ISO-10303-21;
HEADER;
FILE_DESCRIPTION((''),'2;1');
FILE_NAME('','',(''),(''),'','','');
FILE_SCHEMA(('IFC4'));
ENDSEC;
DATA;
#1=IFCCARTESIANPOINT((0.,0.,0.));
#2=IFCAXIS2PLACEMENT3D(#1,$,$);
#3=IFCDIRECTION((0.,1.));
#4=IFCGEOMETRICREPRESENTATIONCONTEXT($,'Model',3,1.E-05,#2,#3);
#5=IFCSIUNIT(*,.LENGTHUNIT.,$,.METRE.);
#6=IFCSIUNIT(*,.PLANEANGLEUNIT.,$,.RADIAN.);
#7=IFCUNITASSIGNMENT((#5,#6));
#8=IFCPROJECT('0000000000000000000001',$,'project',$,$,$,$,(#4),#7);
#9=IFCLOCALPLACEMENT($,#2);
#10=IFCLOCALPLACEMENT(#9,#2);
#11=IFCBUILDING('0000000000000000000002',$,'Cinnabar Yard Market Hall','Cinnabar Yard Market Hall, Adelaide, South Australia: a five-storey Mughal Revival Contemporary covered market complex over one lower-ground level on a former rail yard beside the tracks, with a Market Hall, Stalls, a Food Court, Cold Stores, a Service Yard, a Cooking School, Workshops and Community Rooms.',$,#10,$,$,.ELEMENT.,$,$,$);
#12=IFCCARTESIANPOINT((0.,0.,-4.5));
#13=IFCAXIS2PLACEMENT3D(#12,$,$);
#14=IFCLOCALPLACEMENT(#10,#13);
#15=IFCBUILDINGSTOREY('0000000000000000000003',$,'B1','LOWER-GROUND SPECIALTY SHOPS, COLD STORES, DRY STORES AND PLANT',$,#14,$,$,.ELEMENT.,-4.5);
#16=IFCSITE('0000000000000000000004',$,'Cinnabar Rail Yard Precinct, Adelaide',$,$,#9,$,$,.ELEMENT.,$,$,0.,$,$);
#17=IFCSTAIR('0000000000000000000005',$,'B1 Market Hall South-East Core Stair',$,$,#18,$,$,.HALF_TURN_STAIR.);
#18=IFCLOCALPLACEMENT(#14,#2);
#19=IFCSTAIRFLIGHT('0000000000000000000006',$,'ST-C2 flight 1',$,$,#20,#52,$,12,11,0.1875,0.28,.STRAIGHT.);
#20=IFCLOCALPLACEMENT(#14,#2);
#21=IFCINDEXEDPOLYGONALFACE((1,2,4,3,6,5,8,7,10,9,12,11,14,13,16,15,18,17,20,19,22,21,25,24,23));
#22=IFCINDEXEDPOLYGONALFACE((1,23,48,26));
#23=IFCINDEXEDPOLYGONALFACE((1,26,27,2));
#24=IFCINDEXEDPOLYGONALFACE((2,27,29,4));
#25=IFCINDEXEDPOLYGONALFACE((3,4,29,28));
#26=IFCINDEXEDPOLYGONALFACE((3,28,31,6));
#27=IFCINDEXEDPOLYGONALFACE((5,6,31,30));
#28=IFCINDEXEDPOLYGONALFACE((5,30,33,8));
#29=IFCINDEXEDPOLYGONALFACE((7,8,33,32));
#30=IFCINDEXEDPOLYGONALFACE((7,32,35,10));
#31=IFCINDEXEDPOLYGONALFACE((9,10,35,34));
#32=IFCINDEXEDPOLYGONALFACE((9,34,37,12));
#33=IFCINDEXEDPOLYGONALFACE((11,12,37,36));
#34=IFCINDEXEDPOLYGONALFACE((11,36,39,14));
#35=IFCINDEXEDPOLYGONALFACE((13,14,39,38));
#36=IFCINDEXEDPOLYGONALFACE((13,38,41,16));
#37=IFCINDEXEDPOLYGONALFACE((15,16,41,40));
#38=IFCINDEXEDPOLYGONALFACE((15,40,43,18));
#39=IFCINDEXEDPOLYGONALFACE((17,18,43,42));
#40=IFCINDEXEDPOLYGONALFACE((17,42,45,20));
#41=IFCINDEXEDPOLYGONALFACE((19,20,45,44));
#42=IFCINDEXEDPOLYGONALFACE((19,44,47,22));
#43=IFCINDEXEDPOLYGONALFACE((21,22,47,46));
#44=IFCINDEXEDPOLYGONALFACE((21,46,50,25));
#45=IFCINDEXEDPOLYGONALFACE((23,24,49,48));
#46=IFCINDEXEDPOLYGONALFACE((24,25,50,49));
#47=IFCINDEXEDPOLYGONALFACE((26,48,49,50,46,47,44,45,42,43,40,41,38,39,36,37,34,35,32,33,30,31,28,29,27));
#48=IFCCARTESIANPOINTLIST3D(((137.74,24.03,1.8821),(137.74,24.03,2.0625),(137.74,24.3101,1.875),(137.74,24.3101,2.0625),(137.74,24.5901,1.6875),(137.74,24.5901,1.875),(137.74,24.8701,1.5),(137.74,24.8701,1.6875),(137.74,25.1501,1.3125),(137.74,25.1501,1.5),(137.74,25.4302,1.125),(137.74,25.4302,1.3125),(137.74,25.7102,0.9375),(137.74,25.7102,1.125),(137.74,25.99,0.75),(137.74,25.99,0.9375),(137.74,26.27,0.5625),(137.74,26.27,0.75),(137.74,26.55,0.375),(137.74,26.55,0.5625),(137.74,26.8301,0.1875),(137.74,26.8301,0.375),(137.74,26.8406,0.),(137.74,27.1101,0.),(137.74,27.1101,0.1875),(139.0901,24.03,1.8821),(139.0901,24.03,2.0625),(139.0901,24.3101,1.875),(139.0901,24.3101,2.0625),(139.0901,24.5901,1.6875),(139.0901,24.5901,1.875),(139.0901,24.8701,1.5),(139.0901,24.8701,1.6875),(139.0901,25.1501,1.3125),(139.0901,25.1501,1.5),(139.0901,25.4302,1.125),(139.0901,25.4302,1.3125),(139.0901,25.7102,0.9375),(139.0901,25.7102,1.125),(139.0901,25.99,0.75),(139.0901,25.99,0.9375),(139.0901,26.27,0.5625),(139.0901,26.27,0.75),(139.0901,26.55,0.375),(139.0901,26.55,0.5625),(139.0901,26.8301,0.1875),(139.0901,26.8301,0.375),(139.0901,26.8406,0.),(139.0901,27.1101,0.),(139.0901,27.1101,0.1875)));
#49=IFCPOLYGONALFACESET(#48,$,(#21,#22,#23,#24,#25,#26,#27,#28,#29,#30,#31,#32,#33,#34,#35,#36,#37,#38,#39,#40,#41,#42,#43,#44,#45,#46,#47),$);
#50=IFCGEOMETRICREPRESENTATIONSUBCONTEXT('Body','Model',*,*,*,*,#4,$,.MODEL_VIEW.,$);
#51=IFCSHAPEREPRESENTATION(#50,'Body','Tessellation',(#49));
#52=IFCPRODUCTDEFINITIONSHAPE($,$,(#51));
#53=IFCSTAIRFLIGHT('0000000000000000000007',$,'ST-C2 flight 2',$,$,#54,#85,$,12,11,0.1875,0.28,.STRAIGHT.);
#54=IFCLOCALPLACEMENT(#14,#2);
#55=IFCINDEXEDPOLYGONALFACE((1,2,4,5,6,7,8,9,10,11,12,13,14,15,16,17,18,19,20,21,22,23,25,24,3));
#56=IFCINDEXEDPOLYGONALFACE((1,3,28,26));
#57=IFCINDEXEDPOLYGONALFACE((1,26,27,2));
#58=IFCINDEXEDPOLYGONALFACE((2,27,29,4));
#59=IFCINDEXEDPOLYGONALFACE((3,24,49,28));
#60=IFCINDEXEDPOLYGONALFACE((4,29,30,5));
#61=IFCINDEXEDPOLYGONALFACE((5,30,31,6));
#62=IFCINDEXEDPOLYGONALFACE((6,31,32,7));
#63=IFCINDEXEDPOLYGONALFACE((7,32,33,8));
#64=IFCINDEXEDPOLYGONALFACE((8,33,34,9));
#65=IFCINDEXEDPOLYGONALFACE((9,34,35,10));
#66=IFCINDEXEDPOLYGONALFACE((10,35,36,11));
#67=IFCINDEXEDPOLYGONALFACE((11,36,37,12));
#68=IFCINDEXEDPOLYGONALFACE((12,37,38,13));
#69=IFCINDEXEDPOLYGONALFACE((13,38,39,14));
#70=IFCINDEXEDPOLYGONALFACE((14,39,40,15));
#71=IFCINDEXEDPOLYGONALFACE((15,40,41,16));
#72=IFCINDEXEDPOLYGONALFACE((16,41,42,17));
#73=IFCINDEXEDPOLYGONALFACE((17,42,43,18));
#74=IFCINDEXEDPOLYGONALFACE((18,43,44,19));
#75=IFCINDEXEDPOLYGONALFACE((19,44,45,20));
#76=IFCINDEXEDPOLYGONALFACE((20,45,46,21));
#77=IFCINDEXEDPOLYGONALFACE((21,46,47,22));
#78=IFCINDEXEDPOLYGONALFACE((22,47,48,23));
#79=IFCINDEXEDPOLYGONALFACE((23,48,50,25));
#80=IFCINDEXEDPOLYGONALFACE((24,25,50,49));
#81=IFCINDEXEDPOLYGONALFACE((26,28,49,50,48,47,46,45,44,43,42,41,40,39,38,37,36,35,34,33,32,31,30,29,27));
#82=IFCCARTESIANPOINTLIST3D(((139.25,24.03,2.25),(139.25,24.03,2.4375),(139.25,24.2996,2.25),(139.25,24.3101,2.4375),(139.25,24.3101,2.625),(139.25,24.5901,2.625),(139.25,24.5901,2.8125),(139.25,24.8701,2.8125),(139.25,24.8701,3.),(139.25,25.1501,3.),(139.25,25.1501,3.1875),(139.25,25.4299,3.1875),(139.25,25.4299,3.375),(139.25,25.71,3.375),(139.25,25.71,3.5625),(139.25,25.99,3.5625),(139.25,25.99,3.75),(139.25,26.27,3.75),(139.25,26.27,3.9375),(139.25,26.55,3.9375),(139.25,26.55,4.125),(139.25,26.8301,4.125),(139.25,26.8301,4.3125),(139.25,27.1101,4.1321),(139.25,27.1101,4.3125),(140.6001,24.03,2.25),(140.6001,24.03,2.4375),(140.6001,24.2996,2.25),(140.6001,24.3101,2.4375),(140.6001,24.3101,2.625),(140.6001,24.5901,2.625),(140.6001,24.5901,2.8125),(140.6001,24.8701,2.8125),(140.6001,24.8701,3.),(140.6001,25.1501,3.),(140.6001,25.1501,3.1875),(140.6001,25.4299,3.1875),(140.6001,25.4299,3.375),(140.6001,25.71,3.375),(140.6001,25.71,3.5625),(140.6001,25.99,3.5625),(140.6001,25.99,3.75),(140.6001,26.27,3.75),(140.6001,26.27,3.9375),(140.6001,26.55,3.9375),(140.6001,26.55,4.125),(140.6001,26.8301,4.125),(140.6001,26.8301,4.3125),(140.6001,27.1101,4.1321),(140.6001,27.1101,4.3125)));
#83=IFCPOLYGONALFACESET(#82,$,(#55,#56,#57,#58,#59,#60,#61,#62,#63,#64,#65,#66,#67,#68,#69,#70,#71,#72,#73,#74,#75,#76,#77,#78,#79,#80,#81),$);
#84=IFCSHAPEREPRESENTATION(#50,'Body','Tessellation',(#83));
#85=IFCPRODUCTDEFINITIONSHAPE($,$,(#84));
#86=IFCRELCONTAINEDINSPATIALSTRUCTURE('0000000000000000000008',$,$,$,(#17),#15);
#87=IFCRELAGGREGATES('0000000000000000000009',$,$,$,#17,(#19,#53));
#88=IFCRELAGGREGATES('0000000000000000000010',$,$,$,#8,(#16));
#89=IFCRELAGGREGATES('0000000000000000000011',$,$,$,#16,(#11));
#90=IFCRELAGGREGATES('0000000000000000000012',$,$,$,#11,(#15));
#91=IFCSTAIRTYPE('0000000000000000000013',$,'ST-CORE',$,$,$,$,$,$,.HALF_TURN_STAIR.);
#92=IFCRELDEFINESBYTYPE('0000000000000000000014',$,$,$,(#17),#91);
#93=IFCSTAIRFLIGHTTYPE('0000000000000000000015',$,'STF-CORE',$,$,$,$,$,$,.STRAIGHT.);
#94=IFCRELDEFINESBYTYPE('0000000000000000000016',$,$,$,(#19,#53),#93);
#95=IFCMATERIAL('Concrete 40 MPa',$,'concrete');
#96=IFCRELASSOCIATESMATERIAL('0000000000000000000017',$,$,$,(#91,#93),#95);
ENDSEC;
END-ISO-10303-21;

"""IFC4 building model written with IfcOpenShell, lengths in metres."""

from ifc_helpers import new_model, si_unit, direction, frame, origin, place, context, subcontext, project, spatial, polyline, outline, extrude, material, type_object, element, aggregate, save


model = new_model("IFC4")

# Units and contexts
model_context = context("Model", 3, precision=1e-05, world=origin(), true_north=direction((0.0, 1.0)))
body_context = subcontext(model_context, "Body", "Model", "MODEL_VIEW")
ifc_project = project(units=[si_unit("LENGTHUNIT", "METRE"), si_unit("PLANEANGLEUNIT", "RADIAN")], contexts=[model_context])

# Site, building, storey
site_placement = place(None, origin())
site = spatial("IfcSite", under=ifc_project, at=site_placement, Name="Cinnabar Rail Yard Precinct, Adelaide", CompositionType="ELEMENT", RefElevation=0.0)
building_placement = place(site_placement, origin())
building = spatial("IfcBuilding", under=site, at=building_placement, Name="Cinnabar Yard Market Hall", Description="Cinnabar Yard Market Hall, Adelaide, South Australia: a five-storey Mughal Revival Contemporary covered market complex over one lower-ground level on a former rail yard beside the tracks, with a Market Hall, Stalls, a Food Court, Cold Stores, a Service Yard, a Cooking School, Workshops and Community Rooms.", CompositionType="ELEMENT")
storey_placement = place(building_placement, frame((0.0, 0.0, -4.5)))
storey = spatial("IfcBuildingStorey", under=building, at=storey_placement, Name="B1", Description="LOWER-GROUND SPECIALTY SHOPS, COLD STORES, DRY STORES AND PLANT", CompositionType="ELEMENT", Elevation=-4.5)

# Shared definitions
ifc_material_1 = material(Name="Concrete 40 MPa", Category="concrete")

# Stair, stair flights
stair_type = type_object("IfcStairType", Name="ST-CORE", PredefinedType="HALF_TURN_STAIR", material=ifc_material_1)
stair_placement = place(storey_placement, origin())
stair = element("IfcStair", 1, at=stair_placement, inside=storey, type_object=stair_type, Name="B1 Market Hall South-East Core Stair", PredefinedType="HALF_TURN_STAIR")
stair_flight_type = type_object("IfcStairFlightType", Name="STF-CORE", PredefinedType="STRAIGHT", material=ifc_material_1)
stair_flight_1_placement = place(storey_placement, frame((138.415, 27.1101, 0.0), z_axis=(0.0, 0.0, 1.0), x_axis=(0.0, -1.0, 0.0)))
stair_flight_1 = element("IfcStairFlight", 2, at=stair_flight_1_placement, type_object=stair_flight_type, Name="ST-C2 flight 1", NumberOfRisers=12, NumberOfTreads=11, PredefinedType="STRAIGHT", RiserHeight=0.1875, TreadLength=0.28, context=body_context, shape_type="SweptSolid", body=[
    extrude(outline(polyline([(0.0, 0.0), (0.0, 0.1875), (0.28, 0.1875), (0.28, 0.375), (0.5601, 0.375), (0.5601, 0.5625), (0.8401, 0.5625), (0.8401, 0.75), (1.1201, 0.75), (1.1201, 0.9375), (1.3999, 0.9375), (1.3999, 1.125), (1.6799, 1.125), (1.6799, 1.3125), (1.96, 1.3125), (1.96, 1.5), (2.24, 1.5), (2.24, 1.6875), (2.52, 1.6875), (2.52, 1.875), (2.8, 1.875), (2.8, 2.0625), (3.0801, 2.0625), (3.0801, 2.25), (3.0801, 1.8821), (0.2695, 0.0), (0.0, 0.0)])), frame((0.0, 0.675, 0.0), z_axis=(0.0, -1.0, 0.0), x_axis=(1.0, 0.0, 0.0)), (0.0, 0.0, 1.0), 1.3501),
])
stair_flight_2_placement = place(storey_placement, frame((139.925, 24.03, 2.25), z_axis=(0.0, 0.0, 1.0), x_axis=(0.0, 1.0, 0.0)))
stair_flight_2 = element("IfcStairFlight", 3, at=stair_flight_2_placement, type_object=stair_flight_type, Name="ST-C2 flight 2", NumberOfRisers=12, NumberOfTreads=11, PredefinedType="STRAIGHT", RiserHeight=0.1875, TreadLength=0.28, context=body_context, shape_type="SweptSolid", body=[
    extrude(outline(polyline([(0.0, 0.0), (0.0, 0.1875), (0.28, 0.1875), (0.28, 0.375), (0.5601, 0.375), (0.5601, 0.5625), (0.8401, 0.5625), (0.8401, 0.75), (1.1201, 0.75), (1.1201, 0.9375), (1.3999, 0.9375), (1.3999, 1.125), (1.6799, 1.125), (1.6799, 1.3125), (1.96, 1.3125), (1.96, 1.5), (2.24, 1.5), (2.24, 1.6875), (2.52, 1.6875), (2.52, 1.875), (2.8, 1.875), (2.8, 2.0625), (3.0801, 2.0625), (3.0801, 2.25), (3.0801, 1.8821), (0.2695, 0.0), (0.0, 0.0)])), frame((0.0, 0.675, 0.0), z_axis=(0.0, -1.0, 0.0), x_axis=(1.0, 0.0, 0.0)), (0.0, 0.0, 1.0), 1.3501),
])
aggregate(stair, [stair_flight_1, stair_flight_2])

save(model, "model.ifc")
